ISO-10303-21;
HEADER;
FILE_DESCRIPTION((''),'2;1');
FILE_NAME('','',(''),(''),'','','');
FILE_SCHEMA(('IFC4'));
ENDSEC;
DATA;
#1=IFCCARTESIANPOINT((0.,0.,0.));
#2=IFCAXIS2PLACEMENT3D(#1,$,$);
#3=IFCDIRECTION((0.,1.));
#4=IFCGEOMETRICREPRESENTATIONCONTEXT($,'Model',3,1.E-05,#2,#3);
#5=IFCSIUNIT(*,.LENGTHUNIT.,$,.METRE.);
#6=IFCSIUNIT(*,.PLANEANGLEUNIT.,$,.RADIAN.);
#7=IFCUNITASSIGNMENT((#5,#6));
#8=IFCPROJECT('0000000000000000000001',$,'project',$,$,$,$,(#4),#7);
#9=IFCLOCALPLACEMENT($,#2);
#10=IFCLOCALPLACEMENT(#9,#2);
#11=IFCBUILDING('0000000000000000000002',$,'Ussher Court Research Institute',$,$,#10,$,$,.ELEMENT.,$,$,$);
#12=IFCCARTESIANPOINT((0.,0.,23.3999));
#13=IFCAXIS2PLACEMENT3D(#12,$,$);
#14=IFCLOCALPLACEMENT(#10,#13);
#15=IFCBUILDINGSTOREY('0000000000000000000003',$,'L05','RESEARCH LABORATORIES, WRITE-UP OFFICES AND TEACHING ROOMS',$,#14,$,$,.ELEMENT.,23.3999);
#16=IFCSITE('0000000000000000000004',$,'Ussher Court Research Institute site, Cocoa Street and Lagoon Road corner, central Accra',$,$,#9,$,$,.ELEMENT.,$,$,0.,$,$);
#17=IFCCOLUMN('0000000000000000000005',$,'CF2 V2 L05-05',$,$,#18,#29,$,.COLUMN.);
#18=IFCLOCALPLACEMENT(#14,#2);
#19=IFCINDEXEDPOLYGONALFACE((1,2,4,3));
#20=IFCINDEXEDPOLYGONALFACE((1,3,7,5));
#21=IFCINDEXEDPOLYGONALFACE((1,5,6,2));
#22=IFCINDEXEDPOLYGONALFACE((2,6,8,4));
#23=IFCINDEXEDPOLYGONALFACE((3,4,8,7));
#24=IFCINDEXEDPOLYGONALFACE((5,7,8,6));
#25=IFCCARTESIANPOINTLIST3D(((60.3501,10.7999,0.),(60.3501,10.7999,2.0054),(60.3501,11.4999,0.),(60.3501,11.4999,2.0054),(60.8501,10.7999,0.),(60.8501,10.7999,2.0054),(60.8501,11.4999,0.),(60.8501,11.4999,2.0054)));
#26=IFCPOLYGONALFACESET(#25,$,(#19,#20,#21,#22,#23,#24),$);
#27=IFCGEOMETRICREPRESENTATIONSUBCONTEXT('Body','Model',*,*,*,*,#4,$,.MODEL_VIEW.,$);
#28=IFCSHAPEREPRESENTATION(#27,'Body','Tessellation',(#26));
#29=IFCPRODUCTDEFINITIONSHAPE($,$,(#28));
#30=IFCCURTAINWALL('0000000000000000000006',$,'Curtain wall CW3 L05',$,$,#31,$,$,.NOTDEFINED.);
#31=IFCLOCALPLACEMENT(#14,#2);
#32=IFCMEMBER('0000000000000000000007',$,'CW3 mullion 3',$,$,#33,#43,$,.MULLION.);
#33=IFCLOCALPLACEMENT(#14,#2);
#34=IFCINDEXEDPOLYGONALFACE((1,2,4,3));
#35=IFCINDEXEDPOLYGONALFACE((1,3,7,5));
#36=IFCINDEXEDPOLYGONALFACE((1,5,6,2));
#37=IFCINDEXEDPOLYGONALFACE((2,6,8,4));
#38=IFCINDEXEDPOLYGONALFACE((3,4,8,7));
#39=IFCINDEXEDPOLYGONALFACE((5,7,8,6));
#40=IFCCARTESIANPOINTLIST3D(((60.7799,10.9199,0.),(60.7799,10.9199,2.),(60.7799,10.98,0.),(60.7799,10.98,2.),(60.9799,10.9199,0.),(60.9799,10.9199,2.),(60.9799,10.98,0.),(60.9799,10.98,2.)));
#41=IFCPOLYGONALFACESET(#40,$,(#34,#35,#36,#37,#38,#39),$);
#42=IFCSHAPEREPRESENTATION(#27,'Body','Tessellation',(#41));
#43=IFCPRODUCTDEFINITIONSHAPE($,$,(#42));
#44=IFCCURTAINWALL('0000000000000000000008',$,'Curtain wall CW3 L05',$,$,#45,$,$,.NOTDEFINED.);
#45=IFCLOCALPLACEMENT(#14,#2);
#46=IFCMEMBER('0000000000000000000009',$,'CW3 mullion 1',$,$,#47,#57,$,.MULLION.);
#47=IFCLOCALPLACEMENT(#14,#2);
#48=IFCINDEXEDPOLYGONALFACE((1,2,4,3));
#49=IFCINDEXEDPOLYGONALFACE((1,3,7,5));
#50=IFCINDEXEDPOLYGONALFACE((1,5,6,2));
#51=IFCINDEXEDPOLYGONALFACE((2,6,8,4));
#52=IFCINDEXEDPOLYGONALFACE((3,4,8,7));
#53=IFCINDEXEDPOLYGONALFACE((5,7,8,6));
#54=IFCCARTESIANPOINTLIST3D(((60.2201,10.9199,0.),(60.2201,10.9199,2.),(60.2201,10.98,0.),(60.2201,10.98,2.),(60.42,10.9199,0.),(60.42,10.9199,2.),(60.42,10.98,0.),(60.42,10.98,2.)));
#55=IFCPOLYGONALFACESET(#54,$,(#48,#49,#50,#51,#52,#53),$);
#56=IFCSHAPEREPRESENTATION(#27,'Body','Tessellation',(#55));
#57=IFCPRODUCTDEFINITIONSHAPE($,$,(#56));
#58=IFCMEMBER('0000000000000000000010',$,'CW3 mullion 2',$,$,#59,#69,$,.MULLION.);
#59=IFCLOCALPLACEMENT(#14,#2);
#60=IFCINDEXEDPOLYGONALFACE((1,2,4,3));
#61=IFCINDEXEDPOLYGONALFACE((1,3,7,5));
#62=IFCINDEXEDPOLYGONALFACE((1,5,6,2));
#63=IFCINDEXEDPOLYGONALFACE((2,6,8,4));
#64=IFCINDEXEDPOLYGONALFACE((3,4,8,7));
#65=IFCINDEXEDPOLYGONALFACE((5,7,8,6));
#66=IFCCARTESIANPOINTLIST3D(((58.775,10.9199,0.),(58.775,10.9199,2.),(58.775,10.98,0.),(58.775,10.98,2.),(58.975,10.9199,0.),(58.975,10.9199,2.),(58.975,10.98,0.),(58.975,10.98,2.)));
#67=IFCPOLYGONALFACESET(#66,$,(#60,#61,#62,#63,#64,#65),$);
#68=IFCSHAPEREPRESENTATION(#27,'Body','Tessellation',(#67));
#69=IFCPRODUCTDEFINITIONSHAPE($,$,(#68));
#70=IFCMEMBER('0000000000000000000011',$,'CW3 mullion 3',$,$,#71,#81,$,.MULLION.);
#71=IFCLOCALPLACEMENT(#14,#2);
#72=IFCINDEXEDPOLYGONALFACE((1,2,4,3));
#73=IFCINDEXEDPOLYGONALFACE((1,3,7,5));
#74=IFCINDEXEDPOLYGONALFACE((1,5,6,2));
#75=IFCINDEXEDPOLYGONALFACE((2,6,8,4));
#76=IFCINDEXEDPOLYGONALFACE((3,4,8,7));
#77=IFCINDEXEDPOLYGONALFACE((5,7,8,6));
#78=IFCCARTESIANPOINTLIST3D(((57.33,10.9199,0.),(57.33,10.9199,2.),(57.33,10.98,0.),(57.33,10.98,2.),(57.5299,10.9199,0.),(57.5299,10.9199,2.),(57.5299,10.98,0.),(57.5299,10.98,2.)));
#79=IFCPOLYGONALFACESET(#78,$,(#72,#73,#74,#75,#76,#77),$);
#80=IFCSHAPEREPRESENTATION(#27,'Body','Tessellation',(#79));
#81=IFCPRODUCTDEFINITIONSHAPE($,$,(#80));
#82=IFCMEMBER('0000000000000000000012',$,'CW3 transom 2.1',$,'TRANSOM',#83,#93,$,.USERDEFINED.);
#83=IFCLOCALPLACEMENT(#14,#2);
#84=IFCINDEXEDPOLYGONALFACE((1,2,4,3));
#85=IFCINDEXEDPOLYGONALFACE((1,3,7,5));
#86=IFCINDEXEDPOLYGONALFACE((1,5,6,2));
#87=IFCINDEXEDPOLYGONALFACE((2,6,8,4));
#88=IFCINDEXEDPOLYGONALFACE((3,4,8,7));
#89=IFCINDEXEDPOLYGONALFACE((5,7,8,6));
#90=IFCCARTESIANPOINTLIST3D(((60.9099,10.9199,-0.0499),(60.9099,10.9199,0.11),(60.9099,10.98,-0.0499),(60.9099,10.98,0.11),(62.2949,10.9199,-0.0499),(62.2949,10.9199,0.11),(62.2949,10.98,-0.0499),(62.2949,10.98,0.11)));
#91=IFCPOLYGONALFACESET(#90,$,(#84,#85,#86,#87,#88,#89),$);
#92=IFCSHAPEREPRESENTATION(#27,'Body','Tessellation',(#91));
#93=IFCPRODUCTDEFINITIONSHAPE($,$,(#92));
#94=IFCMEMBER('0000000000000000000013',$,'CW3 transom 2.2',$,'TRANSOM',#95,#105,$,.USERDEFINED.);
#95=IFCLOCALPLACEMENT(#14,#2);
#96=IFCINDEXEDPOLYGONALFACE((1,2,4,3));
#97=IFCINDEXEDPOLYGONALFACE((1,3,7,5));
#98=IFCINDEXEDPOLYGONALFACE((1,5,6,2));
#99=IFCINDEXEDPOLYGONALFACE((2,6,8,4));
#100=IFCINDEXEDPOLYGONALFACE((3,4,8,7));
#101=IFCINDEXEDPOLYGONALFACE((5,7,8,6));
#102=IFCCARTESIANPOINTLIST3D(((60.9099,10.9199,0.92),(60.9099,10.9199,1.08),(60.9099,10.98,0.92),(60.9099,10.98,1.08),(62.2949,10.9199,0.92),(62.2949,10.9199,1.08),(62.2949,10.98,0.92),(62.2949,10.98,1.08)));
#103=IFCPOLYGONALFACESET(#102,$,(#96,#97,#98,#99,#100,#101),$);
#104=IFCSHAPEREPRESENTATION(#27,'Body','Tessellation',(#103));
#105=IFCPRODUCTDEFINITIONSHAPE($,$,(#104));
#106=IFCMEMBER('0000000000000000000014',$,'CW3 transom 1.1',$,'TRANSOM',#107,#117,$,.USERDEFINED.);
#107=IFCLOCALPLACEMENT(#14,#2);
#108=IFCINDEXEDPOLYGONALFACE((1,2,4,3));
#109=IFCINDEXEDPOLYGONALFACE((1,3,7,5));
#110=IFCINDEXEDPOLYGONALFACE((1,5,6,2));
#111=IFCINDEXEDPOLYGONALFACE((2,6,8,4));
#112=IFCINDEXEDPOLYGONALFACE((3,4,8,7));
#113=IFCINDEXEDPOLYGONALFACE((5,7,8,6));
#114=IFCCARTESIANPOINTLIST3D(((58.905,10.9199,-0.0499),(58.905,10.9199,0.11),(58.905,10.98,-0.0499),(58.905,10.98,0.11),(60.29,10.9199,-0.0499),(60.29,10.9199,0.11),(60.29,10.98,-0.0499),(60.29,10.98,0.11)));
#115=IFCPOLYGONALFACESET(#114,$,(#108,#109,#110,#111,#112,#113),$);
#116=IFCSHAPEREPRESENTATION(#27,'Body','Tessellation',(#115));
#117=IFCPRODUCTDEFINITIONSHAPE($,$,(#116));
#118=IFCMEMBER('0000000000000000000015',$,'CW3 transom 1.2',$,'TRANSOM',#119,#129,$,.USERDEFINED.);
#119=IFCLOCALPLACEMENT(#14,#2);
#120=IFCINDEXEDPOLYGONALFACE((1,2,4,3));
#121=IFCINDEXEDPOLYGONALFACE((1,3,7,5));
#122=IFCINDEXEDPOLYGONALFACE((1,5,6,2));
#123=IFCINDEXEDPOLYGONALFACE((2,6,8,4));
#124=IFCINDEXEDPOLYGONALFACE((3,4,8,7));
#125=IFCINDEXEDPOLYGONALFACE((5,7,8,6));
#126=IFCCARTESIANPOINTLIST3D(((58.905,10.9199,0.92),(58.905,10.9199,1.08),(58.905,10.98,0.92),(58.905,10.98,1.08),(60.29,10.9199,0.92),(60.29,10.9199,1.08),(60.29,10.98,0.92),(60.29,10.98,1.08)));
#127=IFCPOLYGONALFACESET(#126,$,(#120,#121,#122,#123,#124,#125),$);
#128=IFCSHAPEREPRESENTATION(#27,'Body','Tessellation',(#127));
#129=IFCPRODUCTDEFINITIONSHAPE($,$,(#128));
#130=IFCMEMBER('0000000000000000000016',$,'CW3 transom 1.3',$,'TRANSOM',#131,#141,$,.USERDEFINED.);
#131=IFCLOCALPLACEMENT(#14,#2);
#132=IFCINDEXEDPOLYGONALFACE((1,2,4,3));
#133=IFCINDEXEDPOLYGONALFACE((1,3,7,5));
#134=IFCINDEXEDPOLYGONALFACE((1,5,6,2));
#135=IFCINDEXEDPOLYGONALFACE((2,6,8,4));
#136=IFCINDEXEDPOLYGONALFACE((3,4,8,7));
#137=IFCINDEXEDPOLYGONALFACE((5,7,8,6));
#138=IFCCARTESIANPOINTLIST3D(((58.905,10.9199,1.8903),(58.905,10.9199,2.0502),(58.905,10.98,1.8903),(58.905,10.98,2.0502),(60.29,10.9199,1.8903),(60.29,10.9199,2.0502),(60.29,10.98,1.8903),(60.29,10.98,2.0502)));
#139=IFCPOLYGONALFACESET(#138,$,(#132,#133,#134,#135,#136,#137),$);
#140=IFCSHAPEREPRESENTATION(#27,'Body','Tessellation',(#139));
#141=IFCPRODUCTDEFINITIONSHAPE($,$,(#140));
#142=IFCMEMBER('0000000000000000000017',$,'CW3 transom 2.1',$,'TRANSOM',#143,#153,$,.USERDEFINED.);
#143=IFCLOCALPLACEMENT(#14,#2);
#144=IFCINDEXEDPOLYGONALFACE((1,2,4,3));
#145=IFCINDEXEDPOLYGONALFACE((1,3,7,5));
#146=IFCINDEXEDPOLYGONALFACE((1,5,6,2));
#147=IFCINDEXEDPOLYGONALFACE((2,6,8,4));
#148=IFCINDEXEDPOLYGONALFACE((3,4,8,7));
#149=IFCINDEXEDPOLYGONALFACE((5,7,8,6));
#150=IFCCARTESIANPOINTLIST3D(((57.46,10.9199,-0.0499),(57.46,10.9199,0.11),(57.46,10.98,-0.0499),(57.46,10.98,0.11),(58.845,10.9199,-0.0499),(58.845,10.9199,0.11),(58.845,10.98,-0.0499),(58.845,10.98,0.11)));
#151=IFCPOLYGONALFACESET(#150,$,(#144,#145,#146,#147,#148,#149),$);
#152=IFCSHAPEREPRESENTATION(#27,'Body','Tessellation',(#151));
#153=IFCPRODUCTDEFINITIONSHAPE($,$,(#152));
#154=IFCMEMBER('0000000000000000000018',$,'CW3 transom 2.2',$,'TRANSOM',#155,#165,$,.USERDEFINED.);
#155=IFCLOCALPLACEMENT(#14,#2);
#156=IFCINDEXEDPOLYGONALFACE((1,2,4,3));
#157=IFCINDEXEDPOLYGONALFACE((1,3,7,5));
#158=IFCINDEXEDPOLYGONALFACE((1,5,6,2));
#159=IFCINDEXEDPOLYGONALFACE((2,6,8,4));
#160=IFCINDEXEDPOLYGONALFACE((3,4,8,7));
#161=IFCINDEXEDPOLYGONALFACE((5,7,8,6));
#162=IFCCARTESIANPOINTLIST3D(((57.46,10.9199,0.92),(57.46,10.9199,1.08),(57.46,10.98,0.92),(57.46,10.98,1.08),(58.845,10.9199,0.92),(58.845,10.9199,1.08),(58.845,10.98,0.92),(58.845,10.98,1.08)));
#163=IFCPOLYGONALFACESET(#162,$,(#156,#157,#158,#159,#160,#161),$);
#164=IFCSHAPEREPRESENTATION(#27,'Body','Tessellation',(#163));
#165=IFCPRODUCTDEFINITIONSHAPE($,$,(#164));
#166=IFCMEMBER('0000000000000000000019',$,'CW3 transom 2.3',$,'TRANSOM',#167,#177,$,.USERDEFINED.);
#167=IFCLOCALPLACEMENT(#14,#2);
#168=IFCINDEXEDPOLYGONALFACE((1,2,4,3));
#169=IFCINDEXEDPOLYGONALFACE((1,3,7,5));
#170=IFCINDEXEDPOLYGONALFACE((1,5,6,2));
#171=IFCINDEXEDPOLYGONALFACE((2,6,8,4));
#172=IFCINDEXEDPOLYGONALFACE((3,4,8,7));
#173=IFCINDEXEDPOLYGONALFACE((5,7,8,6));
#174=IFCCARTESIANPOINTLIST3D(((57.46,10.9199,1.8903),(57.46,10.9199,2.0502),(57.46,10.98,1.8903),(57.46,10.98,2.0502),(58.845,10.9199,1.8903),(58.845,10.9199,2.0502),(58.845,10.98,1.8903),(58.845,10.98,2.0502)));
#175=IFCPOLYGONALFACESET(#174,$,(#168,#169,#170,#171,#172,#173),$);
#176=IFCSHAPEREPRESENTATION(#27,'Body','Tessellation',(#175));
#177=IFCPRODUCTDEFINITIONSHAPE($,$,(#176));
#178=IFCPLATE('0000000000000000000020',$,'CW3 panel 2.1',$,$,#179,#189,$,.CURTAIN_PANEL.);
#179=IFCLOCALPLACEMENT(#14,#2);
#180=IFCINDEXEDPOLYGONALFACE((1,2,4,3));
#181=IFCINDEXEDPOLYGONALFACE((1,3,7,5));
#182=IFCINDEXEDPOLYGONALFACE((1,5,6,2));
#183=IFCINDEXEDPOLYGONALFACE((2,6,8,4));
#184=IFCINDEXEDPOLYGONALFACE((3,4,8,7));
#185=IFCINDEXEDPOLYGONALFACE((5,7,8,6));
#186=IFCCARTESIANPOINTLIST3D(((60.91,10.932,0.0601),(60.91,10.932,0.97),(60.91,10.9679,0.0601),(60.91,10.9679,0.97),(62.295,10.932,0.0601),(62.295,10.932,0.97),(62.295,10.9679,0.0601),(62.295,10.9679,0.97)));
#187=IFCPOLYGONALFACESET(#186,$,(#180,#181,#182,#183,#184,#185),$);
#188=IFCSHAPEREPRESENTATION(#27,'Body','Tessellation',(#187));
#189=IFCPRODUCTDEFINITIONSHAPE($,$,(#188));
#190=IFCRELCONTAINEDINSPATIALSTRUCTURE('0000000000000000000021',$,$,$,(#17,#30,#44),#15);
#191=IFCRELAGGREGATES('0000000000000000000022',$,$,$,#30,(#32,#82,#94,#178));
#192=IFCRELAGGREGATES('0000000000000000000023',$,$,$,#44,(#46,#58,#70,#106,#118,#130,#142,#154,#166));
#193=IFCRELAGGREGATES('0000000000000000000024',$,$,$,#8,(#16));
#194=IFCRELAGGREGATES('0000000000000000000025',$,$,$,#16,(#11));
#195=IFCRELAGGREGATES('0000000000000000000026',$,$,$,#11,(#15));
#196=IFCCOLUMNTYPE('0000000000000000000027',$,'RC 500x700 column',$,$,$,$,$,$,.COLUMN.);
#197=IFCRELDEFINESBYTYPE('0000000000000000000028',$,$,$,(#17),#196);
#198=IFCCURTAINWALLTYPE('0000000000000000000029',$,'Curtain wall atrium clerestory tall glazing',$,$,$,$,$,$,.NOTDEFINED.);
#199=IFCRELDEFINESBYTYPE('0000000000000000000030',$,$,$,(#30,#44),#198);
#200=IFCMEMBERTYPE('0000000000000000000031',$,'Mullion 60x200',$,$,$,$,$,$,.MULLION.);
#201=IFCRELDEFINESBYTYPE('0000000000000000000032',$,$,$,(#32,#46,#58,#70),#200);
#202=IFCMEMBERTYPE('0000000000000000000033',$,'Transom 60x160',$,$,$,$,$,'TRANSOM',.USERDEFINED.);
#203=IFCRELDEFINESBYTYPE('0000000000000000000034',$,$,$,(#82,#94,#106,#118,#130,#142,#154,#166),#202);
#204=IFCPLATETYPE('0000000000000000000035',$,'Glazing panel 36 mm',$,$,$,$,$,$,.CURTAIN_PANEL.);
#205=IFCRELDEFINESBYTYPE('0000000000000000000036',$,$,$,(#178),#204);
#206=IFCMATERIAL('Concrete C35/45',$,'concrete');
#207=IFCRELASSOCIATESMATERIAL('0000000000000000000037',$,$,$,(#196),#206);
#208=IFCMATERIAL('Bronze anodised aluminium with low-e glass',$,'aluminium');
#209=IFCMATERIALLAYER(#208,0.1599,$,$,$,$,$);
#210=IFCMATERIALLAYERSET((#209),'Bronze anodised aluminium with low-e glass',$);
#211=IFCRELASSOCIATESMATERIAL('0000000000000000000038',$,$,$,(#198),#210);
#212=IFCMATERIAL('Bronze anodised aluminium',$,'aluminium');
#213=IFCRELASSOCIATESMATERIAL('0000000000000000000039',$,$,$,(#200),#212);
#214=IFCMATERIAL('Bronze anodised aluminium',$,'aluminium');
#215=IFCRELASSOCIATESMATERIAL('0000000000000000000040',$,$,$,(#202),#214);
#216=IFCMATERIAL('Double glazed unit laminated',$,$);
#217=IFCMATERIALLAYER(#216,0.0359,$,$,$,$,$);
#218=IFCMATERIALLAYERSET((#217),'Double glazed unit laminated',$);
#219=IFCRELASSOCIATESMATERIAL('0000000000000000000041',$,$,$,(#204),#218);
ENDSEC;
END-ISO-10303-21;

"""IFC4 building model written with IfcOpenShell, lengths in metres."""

from ifc_helpers import new_model, si_unit, direction, frame, origin, origin_2d, place, context, subcontext, project, spatial, rectangle, extrude, material, layer, layer_set, material_profile, profile_set, type_object, element, aggregate, save


model = new_model("IFC4")

# Units and contexts
model_context = context("Model", 3, precision=1e-05, world=origin(), true_north=direction((0.0, 1.0)))
body_context = subcontext(model_context, "Body", "Model", "MODEL_VIEW")
ifc_project = project(units=[si_unit("LENGTHUNIT", "METRE"), si_unit("PLANEANGLEUNIT", "RADIAN")], contexts=[model_context])

# Site, building, storey
site_placement = place(None, origin())
site = spatial("IfcSite", under=ifc_project, at=site_placement, Name="Ussher Court Research Institute site, Cocoa Street and Lagoon Road corner, central Accra", CompositionType="ELEMENT", RefElevation=0.0)
building_placement = place(site_placement, origin())
building = spatial("IfcBuilding", under=site, at=building_placement, Name="Ussher Court Research Institute", CompositionType="ELEMENT")
storey_placement = place(building_placement, frame((0.0, 0.0, 23.3999)))
storey = spatial("IfcBuildingStorey", under=building, at=storey_placement, Name="L05", Description="RESEARCH LABORATORIES, WRITE-UP OFFICES AND TEACHING ROOMS", CompositionType="ELEMENT", Elevation=23.3999)

# Column
ifc_material_1 = material(Name="Concrete C35/45", Category="concrete")
ifc_material_profile_1 = material_profile(ifc_material_1, rectangle(XDim=0.5, YDim=0.7, at=origin_2d()), Name="RC 500x700")
ifc_profile_set_1 = profile_set([ifc_material_profile_1], Name="Concrete C35/45")
column_type = type_object("IfcColumnType", Name="RC 500x700 column", PredefinedType="COLUMN", material=ifc_profile_set_1)
column_placement = place(storey_placement, frame((60.6001, 11.1499, 0.0), z_axis=(0.0, 0.0, 1.0), x_axis=(1.0, 0.0, 0.0)))
element("IfcColumn", 1, at=column_placement, inside=storey, type_object=column_type, Name="CF2 V2 L05-05", PredefinedType="COLUMN", context=body_context, shape_type="SweptSolid", body=[
    extrude(rectangle(XDim=0.5, YDim=0.7, at=origin_2d()), origin(), (0.0, 0.0, 1.0), 2.0054),
])

# Curtain wall, member
ifc_material_2 = material(Name="Bronze anodised aluminium with low-e glass", Category="aluminium")
ifc_layer_1 = layer(ifc_material_2, 0.1599)
ifc_layer_set_1 = layer_set([ifc_layer_1], Name="Bronze anodised aluminium with low-e glass")
curtain_wall_type = type_object("IfcCurtainWallType", Name="Curtain wall atrium clerestory tall glazing", PredefinedType="NOTDEFINED", material=ifc_layer_set_1)
curtain_wall_1_placement = place(storey_placement, origin())
curtain_wall_1 = element("IfcCurtainWall", 2, at=curtain_wall_1_placement, inside=storey, type_object=curtain_wall_type, Name="Curtain wall CW3 L05", PredefinedType="NOTDEFINED")
ifc_material_3 = material(Name="Bronze anodised aluminium", Category="aluminium")
ifc_material_profile_2 = material_profile(ifc_material_3, rectangle(XDim=0.0601, YDim=0.2, at=origin_2d()), Name="Mullion 60x200")
ifc_profile_set_2 = profile_set([ifc_material_profile_2], Name="Bronze anodised aluminium")
member_type_1 = type_object("IfcMemberType", Name="Mullion 60x200", PredefinedType="MULLION", material=ifc_profile_set_2)
member_1_placement = place(storey_placement, frame((60.8799, 10.95, 0.0), z_axis=(0.0, 0.0, 1.0), x_axis=(0.0, -1.0, 0.0)))
member_1 = element("IfcMember", 3, at=member_1_placement, type_object=member_type_1, Name="CW3 mullion 3", PredefinedType="MULLION", context=body_context, shape_type="SweptSolid", body=[
    extrude(rectangle(XDim=0.0601, YDim=0.2, at=origin_2d()), origin(), (0.0, 0.0, 1.0), 2.0),
])

# Curtain wall, members
curtain_wall_2_placement = place(storey_placement, origin())
curtain_wall_2 = element("IfcCurtainWall", 4, at=curtain_wall_2_placement, inside=storey, type_object=curtain_wall_type, Name="Curtain wall CW3 L05", PredefinedType="NOTDEFINED")
member_2_placement = place(storey_placement, frame((60.3201, 10.95, 0.0), z_axis=(0.0, 0.0, 1.0), x_axis=(0.0, -1.0, 0.0)))
member_2 = element("IfcMember", 5, at=member_2_placement, type_object=member_type_1, Name="CW3 mullion 1", PredefinedType="MULLION", context=body_context, shape_type="SweptSolid", body=[
    extrude(rectangle(XDim=0.0601, YDim=0.2, at=origin_2d()), origin(), (0.0, 0.0, 1.0), 2.0),
])
member_3_placement = place(storey_placement, frame((58.875, 10.95, 0.0), z_axis=(0.0, 0.0, 1.0), x_axis=(0.0, -1.0, 0.0)))
member_3 = element("IfcMember", 6, at=member_3_placement, type_object=member_type_1, Name="CW3 mullion 2", PredefinedType="MULLION", context=body_context, shape_type="SweptSolid", body=[
    extrude(rectangle(XDim=0.0601, YDim=0.2, at=origin_2d()), origin(), (0.0, 0.0, 1.0), 2.0),
])
member_4_placement = place(storey_placement, frame((57.4299, 10.95, 0.0), z_axis=(0.0, 0.0, 1.0), x_axis=(0.0, -1.0, 0.0)))
member_4 = element("IfcMember", 7, at=member_4_placement, type_object=member_type_1, Name="CW3 mullion 3", PredefinedType="MULLION", context=body_context, shape_type="SweptSolid", body=[
    extrude(rectangle(XDim=0.0601, YDim=0.2, at=origin_2d()), origin(), (0.0, 0.0, 1.0), 2.0),
])

# Members
ifc_material_4 = material(Name="Bronze anodised aluminium", Category="aluminium")
ifc_material_profile_3 = material_profile(ifc_material_4, rectangle(XDim=0.0601, YDim=0.1599, at=origin_2d()), Name="Transom 60x160")
ifc_profile_set_3 = profile_set([ifc_material_profile_3], Name="Bronze anodised aluminium")
member_type_2 = type_object("IfcMemberType", Name="Transom 60x160", ElementType="TRANSOM", PredefinedType="USERDEFINED", material=ifc_profile_set_3)
member_5_placement = place(storey_placement, frame((62.2949, 10.95, 0.03), z_axis=(-1.0, 0.0, 0.0), x_axis=(0.0, -1.0, 0.0)))
member_5 = element("IfcMember", 8, at=member_5_placement, type_object=member_type_2, Name="CW3 transom 2.1", ObjectType="TRANSOM", PredefinedType="USERDEFINED", context=body_context, shape_type="SweptSolid", body=[
    extrude(rectangle(XDim=0.0601, YDim=0.1599, at=origin_2d()), origin(), (0.0, 0.0, 1.0), 1.385),
])
member_6_placement = place(storey_placement, frame((62.2949, 10.95, 1.0), z_axis=(-1.0, 0.0, 0.0), x_axis=(0.0, -1.0, 0.0)))
member_6 = element("IfcMember", 9, at=member_6_placement, type_object=member_type_2, Name="CW3 transom 2.2", ObjectType="TRANSOM", PredefinedType="USERDEFINED", context=body_context, shape_type="SweptSolid", body=[
    extrude(rectangle(XDim=0.0601, YDim=0.1599, at=origin_2d()), origin(), (0.0, 0.0, 1.0), 1.385),
])
member_7_placement = place(storey_placement, frame((60.29, 10.95, 0.03), z_axis=(-1.0, 0.0, 0.0), x_axis=(0.0, -1.0, 0.0)))
member_7 = element("IfcMember", 10, at=member_7_placement, type_object=member_type_2, Name="CW3 transom 1.1", ObjectType="TRANSOM", PredefinedType="USERDEFINED", context=body_context, shape_type="SweptSolid", body=[
    extrude(rectangle(XDim=0.0601, YDim=0.1599, at=origin_2d()), origin(), (0.0, 0.0, 1.0), 1.385),
])
member_8_placement = place(storey_placement, frame((60.29, 10.95, 1.0), z_axis=(-1.0, 0.0, 0.0), x_axis=(0.0, -1.0, 0.0)))
member_8 = element("IfcMember", 11, at=member_8_placement, type_object=member_type_2, Name="CW3 transom 1.2", ObjectType="TRANSOM", PredefinedType="USERDEFINED", context=body_context, shape_type="SweptSolid", body=[
    extrude(rectangle(XDim=0.0601, YDim=0.1599, at=origin_2d()), origin(), (0.0, 0.0, 1.0), 1.385),
])
member_9_placement = place(storey_placement, frame((60.29, 10.95, 1.9702), z_axis=(-1.0, 0.0, 0.0), x_axis=(0.0, -1.0, 0.0)))
member_9 = element("IfcMember", 12, at=member_9_placement, type_object=member_type_2, Name="CW3 transom 1.3", ObjectType="TRANSOM", PredefinedType="USERDEFINED", context=body_context, shape_type="SweptSolid", body=[
    extrude(rectangle(XDim=0.0601, YDim=0.1599, at=origin_2d()), origin(), (0.0, 0.0, 1.0), 1.385),
])
member_10_placement = place(storey_placement, frame((58.845, 10.95, 0.03), z_axis=(-1.0, 0.0, 0.0), x_axis=(0.0, -1.0, 0.0)))
member_10 = element("IfcMember", 13, at=member_10_placement, type_object=member_type_2, Name="CW3 transom 2.1", ObjectType="TRANSOM", PredefinedType="USERDEFINED", context=body_context, shape_type="SweptSolid", body=[
    extrude(rectangle(XDim=0.0601, YDim=0.1599, at=origin_2d()), origin(), (0.0, 0.0, 1.0), 1.385),
])
member_11_placement = place(storey_placement, frame((58.845, 10.95, 1.0), z_axis=(-1.0, 0.0, 0.0), x_axis=(0.0, -1.0, 0.0)))
member_11 = element("IfcMember", 14, at=member_11_placement, type_object=member_type_2, Name="CW3 transom 2.2", ObjectType="TRANSOM", PredefinedType="USERDEFINED", context=body_context, shape_type="SweptSolid", body=[
    extrude(rectangle(XDim=0.0601, YDim=0.1599, at=origin_2d()), origin(), (0.0, 0.0, 1.0), 1.385),
])
member_12_placement = place(storey_placement, frame((58.845, 10.95, 1.9702), z_axis=(-1.0, 0.0, 0.0), x_axis=(0.0, -1.0, 0.0)))
member_12 = element("IfcMember", 15, at=member_12_placement, type_object=member_type_2, Name="CW3 transom 2.3", ObjectType="TRANSOM", PredefinedType="USERDEFINED", context=body_context, shape_type="SweptSolid", body=[
    extrude(rectangle(XDim=0.0601, YDim=0.1599, at=origin_2d()), origin(), (0.0, 0.0, 1.0), 1.385),
])

# Plate
ifc_material_5 = material(Name="Double glazed unit laminated")
ifc_layer_2 = layer(ifc_material_5, 0.0359)
ifc_layer_set_2 = layer_set([ifc_layer_2], Name="Double glazed unit laminated")
plate_type = type_object("IfcPlateType", Name="Glazing panel 36 mm", PredefinedType="CURTAIN_PANEL", material=ifc_layer_set_2)
plate_1_placement = place(storey_placement, frame((61.6025, 10.95, 0.0601), z_axis=(0.0, 0.0, 1.0), x_axis=(-1.0, 0.0, 0.0)))
plate_1 = element("IfcPlate", 16, at=plate_1_placement, type_object=plate_type, Name="CW3 panel 2.1", PredefinedType="CURTAIN_PANEL", context=body_context, shape_type="SweptSolid", body=[
    extrude(rectangle(XDim=1.385, YDim=0.0359, at=origin_2d()), origin(), (0.0, 0.0, 1.0), 0.9099),
])
aggregate(curtain_wall_1, [member_1, member_5, member_6, plate_1])
aggregate(curtain_wall_2, [member_2, member_3, member_4, member_7, member_8, member_9, member_10, member_11, member_12])

save(model, "model.ifc")
